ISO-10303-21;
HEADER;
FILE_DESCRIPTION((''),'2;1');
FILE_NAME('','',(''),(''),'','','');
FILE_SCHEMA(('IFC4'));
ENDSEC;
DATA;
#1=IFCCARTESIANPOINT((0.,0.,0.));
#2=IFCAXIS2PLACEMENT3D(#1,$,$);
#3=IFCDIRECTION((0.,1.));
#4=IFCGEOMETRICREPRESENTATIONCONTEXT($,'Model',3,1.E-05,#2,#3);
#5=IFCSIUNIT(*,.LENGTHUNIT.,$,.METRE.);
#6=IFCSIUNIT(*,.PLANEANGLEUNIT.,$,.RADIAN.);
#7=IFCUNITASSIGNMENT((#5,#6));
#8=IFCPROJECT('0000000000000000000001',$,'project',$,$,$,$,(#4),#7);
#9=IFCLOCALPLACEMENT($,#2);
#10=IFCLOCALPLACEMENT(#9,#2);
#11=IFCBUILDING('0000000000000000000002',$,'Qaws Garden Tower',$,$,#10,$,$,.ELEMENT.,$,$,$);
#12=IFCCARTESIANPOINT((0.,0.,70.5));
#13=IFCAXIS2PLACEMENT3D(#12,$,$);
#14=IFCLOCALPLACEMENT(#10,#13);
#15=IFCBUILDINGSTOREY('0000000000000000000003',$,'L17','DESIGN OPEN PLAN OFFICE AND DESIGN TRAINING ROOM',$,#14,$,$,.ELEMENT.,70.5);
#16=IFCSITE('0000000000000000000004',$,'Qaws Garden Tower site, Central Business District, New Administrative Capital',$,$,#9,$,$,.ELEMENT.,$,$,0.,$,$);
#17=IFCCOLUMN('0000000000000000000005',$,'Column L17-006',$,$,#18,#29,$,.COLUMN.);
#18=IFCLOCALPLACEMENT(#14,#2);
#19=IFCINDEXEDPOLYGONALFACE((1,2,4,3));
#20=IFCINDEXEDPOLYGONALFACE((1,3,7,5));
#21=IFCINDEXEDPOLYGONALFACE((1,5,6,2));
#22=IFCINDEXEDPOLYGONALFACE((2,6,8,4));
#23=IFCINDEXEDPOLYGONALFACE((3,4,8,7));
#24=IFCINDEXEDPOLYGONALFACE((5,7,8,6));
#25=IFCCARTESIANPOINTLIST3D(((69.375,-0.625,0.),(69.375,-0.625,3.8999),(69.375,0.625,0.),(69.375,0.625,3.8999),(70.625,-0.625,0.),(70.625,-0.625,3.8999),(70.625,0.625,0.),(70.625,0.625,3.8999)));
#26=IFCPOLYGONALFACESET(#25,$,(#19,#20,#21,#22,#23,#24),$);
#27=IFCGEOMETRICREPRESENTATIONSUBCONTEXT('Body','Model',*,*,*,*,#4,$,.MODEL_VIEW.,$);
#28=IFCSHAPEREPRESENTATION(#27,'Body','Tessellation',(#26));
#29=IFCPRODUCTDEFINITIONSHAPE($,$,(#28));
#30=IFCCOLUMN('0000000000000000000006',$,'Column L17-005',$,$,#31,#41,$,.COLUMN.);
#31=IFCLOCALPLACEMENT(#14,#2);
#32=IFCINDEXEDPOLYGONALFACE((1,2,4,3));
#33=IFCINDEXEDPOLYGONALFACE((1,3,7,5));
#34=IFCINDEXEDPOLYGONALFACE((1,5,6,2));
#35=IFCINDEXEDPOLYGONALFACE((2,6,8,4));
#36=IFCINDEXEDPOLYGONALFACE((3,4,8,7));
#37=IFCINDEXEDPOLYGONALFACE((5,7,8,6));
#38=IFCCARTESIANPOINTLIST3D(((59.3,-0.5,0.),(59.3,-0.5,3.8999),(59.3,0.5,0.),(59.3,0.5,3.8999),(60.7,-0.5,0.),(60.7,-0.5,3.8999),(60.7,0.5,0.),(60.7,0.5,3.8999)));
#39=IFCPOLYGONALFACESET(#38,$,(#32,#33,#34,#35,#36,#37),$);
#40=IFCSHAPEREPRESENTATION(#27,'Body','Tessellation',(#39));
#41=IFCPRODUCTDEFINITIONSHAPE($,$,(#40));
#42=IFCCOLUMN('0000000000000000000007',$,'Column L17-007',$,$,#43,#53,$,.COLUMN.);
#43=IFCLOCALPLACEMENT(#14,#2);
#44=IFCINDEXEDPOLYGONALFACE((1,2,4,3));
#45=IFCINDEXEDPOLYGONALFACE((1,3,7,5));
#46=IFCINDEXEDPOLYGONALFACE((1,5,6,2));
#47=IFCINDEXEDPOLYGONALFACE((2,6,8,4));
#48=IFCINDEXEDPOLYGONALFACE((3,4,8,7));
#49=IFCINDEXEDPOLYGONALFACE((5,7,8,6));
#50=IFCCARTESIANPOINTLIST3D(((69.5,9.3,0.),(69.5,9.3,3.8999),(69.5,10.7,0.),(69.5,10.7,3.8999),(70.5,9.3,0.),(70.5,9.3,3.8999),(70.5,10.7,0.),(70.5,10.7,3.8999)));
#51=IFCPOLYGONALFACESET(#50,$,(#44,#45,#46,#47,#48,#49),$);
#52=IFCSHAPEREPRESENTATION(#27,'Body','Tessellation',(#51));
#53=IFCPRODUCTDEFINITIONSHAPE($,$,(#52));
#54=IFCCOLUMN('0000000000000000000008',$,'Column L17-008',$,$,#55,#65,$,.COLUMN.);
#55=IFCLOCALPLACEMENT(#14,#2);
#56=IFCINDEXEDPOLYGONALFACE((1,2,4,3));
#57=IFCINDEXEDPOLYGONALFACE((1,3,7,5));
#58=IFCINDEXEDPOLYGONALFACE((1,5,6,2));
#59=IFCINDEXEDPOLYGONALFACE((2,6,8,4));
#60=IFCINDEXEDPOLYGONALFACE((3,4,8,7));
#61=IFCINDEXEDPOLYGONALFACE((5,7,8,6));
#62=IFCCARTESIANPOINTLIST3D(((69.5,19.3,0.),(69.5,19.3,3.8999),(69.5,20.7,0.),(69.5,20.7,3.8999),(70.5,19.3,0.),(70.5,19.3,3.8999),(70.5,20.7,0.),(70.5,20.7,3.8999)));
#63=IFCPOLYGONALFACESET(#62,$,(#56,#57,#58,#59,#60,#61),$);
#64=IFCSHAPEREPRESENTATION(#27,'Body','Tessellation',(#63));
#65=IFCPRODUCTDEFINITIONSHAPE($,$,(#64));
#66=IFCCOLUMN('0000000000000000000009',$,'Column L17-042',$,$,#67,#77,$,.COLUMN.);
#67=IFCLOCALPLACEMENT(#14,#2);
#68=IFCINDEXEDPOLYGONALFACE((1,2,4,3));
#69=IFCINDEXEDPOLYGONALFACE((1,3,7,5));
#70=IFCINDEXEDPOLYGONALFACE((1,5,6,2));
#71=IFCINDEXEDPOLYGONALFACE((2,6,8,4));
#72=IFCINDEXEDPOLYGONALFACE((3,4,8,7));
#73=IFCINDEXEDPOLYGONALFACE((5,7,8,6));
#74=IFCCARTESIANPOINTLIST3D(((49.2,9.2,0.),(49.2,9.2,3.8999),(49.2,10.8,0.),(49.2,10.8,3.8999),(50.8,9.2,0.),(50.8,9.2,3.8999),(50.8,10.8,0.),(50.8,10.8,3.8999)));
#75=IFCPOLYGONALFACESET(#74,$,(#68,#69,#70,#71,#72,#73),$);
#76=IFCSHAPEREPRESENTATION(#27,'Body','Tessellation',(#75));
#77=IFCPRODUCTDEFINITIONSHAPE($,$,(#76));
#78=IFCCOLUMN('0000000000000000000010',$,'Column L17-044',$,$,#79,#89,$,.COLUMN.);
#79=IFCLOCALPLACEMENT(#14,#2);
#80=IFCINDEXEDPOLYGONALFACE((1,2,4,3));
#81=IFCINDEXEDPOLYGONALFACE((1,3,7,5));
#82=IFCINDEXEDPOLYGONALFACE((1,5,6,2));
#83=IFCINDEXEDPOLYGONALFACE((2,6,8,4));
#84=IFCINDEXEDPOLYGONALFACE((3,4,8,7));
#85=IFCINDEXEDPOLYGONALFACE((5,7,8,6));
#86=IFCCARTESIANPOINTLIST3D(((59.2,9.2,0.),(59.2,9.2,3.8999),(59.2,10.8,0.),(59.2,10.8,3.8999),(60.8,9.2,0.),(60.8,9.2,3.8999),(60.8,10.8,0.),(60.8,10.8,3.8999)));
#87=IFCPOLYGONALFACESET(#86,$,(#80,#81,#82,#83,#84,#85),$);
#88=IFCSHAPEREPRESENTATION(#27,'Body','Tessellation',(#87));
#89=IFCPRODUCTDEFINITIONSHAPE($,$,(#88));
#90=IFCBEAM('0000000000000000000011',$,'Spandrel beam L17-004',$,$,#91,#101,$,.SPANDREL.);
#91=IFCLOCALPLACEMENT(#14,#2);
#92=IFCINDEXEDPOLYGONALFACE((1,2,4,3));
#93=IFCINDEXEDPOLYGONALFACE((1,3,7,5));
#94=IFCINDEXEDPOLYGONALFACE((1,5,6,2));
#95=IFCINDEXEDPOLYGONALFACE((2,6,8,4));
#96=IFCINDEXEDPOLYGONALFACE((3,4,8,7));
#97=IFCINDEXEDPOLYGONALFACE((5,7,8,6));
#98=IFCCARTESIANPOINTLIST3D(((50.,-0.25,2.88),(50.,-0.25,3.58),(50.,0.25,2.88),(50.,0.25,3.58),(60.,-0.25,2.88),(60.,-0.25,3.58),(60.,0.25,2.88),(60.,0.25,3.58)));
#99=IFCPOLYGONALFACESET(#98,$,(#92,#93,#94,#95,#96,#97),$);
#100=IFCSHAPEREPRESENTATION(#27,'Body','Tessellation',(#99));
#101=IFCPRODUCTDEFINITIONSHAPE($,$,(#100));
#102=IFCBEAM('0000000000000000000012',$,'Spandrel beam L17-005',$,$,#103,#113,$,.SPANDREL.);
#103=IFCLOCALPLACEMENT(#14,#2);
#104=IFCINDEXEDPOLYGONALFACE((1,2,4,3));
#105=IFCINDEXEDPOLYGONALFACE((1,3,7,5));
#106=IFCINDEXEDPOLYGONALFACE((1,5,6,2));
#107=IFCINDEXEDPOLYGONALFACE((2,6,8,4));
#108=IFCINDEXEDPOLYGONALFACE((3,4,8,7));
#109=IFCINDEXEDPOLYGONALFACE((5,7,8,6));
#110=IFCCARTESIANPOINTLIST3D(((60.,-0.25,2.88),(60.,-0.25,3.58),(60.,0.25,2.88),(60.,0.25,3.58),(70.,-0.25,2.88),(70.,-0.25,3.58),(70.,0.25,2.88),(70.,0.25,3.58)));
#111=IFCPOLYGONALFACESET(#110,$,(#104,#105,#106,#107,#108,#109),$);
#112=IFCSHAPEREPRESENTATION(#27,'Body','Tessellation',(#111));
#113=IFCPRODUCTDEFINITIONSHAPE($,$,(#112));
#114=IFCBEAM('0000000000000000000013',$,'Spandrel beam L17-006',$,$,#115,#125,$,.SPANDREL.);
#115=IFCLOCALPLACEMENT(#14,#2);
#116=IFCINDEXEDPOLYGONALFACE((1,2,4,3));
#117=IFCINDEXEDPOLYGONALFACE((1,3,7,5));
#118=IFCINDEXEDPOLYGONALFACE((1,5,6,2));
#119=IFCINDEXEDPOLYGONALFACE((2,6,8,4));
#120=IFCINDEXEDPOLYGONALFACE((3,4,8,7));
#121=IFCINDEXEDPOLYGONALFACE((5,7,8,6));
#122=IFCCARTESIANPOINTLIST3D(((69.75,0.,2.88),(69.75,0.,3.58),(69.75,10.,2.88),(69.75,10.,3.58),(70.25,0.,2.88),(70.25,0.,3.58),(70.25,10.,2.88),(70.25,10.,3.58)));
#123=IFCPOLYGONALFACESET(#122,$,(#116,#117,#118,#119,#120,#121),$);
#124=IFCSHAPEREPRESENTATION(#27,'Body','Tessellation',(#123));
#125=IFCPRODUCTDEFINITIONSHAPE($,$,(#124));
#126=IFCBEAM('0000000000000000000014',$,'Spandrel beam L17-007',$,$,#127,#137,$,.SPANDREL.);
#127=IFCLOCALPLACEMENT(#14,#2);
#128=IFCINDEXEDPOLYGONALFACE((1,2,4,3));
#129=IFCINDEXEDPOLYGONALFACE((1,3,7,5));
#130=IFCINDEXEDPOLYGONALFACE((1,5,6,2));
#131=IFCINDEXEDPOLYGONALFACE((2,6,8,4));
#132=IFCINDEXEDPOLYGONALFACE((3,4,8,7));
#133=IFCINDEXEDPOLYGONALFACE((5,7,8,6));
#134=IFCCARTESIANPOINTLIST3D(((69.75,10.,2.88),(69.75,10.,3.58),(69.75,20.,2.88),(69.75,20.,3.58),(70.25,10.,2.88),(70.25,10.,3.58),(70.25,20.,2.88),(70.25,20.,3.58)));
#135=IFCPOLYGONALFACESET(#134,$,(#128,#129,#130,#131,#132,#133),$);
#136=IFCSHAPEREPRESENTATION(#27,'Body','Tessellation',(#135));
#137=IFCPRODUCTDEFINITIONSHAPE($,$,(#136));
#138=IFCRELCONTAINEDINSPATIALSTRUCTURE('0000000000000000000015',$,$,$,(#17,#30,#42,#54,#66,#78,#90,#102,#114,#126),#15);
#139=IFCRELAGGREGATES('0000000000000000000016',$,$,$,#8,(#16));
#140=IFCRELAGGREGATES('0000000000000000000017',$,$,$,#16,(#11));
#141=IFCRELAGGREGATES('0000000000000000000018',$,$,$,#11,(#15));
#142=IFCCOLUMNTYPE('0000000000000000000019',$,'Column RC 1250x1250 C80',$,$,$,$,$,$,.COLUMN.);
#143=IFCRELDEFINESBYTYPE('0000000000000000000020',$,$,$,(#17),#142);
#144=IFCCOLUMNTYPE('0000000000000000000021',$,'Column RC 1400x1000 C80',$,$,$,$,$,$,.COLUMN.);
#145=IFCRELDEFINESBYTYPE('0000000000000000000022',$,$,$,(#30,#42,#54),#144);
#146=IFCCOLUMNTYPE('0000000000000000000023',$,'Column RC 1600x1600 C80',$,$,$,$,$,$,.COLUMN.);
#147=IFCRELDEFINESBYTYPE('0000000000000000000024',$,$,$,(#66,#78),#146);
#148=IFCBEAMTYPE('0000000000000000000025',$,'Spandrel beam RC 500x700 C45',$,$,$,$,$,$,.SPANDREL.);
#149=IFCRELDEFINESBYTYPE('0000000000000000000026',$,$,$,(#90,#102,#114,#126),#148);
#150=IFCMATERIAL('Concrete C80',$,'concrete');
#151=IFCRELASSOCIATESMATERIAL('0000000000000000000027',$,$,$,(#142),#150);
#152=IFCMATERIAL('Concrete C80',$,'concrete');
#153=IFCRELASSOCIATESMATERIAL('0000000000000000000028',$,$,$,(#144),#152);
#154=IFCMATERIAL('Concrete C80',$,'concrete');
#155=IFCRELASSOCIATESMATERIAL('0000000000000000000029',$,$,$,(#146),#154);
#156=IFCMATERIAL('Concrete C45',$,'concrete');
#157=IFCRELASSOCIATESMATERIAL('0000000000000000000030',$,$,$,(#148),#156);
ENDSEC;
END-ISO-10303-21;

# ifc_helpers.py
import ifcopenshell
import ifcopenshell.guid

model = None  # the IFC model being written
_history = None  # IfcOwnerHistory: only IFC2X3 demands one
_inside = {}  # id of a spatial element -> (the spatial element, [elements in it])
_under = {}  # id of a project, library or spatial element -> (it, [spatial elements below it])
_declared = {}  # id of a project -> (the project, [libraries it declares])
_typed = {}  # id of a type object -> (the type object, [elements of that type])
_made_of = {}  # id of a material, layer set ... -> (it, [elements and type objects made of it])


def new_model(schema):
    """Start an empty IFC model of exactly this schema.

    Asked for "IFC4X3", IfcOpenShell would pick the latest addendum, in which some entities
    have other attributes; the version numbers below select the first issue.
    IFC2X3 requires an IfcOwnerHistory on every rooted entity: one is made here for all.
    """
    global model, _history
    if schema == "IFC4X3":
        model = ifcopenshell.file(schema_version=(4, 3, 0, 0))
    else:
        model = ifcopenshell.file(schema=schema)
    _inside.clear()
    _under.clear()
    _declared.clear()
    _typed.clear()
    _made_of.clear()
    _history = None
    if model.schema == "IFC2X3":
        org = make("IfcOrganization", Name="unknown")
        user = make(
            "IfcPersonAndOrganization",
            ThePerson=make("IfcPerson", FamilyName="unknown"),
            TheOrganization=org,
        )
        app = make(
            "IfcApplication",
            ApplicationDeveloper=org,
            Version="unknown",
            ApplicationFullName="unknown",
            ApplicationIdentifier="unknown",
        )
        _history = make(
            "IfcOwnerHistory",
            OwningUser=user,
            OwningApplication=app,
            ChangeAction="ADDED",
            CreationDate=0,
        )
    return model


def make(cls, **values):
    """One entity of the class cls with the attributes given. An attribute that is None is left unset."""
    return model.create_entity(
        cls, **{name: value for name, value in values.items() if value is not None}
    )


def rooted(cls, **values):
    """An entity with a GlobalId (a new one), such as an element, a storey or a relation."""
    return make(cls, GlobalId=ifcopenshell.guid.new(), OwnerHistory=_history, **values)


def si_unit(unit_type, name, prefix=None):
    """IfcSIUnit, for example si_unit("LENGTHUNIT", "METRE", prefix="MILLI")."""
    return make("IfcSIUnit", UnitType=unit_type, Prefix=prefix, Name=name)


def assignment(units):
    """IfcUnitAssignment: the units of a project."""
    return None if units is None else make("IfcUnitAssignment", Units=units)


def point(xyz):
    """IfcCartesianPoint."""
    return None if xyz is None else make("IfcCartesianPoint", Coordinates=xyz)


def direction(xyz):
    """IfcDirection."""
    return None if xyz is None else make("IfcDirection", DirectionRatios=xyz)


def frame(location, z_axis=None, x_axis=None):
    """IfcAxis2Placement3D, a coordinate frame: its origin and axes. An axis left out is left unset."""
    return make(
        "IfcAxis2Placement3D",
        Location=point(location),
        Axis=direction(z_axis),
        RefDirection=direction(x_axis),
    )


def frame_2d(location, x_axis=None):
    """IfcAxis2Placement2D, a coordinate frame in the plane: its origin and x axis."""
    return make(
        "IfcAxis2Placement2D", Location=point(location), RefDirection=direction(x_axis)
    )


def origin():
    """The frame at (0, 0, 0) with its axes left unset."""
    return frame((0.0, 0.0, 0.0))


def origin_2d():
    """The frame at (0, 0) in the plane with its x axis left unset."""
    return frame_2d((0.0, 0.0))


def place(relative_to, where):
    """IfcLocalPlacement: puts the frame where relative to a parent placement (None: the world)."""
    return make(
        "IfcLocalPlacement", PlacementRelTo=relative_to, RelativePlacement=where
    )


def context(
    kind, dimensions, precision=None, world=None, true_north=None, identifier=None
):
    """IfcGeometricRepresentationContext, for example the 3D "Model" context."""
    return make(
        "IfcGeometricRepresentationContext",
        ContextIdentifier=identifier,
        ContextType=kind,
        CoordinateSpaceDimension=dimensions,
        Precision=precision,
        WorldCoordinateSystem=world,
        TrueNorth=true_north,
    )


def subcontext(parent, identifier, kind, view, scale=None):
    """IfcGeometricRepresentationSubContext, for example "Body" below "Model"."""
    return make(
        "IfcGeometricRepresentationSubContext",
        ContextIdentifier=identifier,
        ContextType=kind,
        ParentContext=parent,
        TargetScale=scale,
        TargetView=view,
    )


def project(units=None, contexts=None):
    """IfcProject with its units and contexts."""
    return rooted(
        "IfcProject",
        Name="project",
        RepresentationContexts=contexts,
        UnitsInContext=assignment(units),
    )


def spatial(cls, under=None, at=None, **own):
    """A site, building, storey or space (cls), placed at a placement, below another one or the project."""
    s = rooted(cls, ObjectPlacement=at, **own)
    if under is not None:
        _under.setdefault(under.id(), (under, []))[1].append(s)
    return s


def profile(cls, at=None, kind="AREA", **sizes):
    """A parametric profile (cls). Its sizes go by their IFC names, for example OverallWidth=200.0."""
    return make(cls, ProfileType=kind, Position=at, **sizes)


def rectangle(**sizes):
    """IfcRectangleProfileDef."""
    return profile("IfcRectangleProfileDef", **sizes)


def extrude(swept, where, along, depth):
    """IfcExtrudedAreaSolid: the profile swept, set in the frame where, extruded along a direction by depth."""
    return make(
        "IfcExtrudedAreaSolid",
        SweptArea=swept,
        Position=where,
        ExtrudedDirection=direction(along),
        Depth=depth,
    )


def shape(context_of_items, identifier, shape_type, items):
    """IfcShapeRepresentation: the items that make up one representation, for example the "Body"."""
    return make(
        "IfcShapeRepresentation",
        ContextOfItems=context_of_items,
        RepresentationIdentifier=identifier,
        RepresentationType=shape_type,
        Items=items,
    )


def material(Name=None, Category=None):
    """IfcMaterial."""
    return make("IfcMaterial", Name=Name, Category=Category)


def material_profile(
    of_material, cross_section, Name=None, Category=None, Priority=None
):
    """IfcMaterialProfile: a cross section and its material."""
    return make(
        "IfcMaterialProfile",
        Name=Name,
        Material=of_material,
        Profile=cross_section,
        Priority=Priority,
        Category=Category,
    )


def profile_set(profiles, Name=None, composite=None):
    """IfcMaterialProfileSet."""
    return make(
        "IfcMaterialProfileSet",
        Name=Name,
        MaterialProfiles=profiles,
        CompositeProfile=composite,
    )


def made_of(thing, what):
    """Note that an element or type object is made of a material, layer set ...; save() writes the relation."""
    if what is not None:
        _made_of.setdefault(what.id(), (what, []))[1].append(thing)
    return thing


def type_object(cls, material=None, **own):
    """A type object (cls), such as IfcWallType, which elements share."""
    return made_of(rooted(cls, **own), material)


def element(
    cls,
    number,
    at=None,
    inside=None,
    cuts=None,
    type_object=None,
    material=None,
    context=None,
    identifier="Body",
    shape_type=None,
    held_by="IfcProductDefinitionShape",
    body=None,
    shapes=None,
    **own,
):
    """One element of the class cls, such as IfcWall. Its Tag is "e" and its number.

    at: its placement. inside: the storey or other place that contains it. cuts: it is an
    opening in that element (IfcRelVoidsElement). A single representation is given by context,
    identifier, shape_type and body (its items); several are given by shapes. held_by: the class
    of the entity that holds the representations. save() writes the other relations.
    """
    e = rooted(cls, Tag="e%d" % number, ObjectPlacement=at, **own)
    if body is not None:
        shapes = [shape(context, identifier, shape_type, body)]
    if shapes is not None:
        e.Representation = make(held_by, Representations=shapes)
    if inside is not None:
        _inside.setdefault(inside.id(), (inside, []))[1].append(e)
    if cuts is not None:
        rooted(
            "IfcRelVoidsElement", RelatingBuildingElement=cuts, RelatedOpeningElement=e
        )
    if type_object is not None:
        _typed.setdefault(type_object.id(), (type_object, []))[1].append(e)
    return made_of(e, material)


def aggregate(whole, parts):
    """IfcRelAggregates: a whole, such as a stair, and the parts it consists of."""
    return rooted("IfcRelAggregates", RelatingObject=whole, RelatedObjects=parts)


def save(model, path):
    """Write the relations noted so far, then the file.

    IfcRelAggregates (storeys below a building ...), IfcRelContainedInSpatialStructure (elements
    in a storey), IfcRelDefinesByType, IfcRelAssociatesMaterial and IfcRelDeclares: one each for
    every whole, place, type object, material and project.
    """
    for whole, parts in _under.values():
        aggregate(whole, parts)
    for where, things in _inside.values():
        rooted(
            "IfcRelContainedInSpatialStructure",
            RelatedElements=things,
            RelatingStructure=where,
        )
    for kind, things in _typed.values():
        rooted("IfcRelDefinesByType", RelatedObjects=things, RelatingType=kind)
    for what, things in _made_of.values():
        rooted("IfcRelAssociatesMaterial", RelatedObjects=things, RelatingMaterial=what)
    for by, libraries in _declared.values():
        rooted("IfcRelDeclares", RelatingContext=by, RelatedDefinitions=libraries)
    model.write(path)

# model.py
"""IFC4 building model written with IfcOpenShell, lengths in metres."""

from ifc_helpers import new_model, si_unit, direction, frame, origin, origin_2d, place, context, subcontext, project, spatial, rectangle, extrude, material, material_profile, profile_set, type_object, element, save


model = new_model("IFC4")

# Units and contexts
model_context = context("Model", 3, precision=1e-05, world=origin(), true_north=direction((0.0, 1.0)))
body_context = subcontext(model_context, "Body", "Model", "MODEL_VIEW")
ifc_project = project(units=[si_unit("LENGTHUNIT", "METRE"), si_unit("PLANEANGLEUNIT", "RADIAN")], contexts=[model_context])

# Site, building, storey
site_placement = place(None, origin())
site = spatial("IfcSite", under=ifc_project, at=site_placement, Name="Qaws Garden Tower site, Central Business District, New Administrative Capital", CompositionType="ELEMENT", RefElevation=0.0)
building_placement = place(site_placement, origin())
building = spatial("IfcBuilding", under=site, at=building_placement, Name="Qaws Garden Tower", CompositionType="ELEMENT")
storey_placement = place(building_placement, frame((0.0, 0.0, 70.5)))
storey = spatial("IfcBuildingStorey", under=building, at=storey_placement, Name="L17", Description="DESIGN OPEN PLAN OFFICE AND DESIGN TRAINING ROOM", CompositionType="ELEMENT", Elevation=70.5)

# Columns
ifc_material_1 = material(Name="Concrete C80", Category="concrete")
ifc_material_profile_1 = material_profile(ifc_material_1, rectangle(XDim=1.25, YDim=1.25, at=origin_2d()), Name="RC 1250x1250")
ifc_profile_set_1 = profile_set([ifc_material_profile_1], Name="Concrete C80")
column_type_1 = type_object("IfcColumnType", Name="Column RC 1250x1250 C80", PredefinedType="COLUMN", material=ifc_profile_set_1)
column_placement = place(storey_placement, frame((70.0, 0.0, 0.0), z_axis=(0.0, 0.0, 1.0), x_axis=(1.0, 0.0, 0.0)))
element("IfcColumn", 1, at=column_placement, inside=storey, type_object=column_type_1, Name="Column L17-006", PredefinedType="COLUMN", context=body_context, shape_type="SweptSolid", body=[
    extrude(rectangle(XDim=1.25, YDim=1.25, at=origin_2d()), origin(), (0.0, 0.0, 1.0), 3.8999),
])
ifc_material_2 = material(Name="Concrete C80", Category="concrete")
ifc_material_profile_2 = material_profile(ifc_material_2, rectangle(XDim=1.3999, YDim=1.0, at=origin_2d()), Name="RC 1400x1000")
ifc_profile_set_2 = profile_set([ifc_material_profile_2], Name="Concrete C80")
column_type_2 = type_object("IfcColumnType", Name="Column RC 1400x1000 C80", PredefinedType="COLUMN", material=ifc_profile_set_2)
for number, where, z_axis, x_axis, name in (
    (2, (60.0, 0.0, 0.0), (0.0, 0.0, 1.0), (1.0, 0.0, 0.0), "Column L17-005"),
    (3, (70.0, 10.0, 0.0), (0.0, 0.0, 1.0), (0.0, 1.0, 0.0), "Column L17-007"),
    (4, (70.0, 20.0, 0.0), (0.0, 0.0, 1.0), (0.0, 1.0, 0.0), "Column L17-008"),
):
    element("IfcColumn", number, at=place(storey_placement, frame(where, z_axis=z_axis, x_axis=x_axis)), inside=storey, type_object=column_type_2, Name=name, PredefinedType="COLUMN", context=body_context, shape_type="SweptSolid", body=[
        extrude(rectangle(XDim=1.3999, YDim=1.0, at=origin_2d()), origin(), (0.0, 0.0, 1.0), 3.8999),
    ])
ifc_material_3 = material(Name="Concrete C80", Category="concrete")
ifc_material_profile_3 = material_profile(ifc_material_3, rectangle(XDim=1.6001, YDim=1.6001, at=origin_2d()), Name="RC 1600x1600")
ifc_profile_set_3 = profile_set([ifc_material_profile_3], Name="Concrete C80")
column_type_3 = type_object("IfcColumnType", Name="Column RC 1600x1600 C80", PredefinedType="COLUMN", material=ifc_profile_set_3)
for number, where, z_axis, x_axis, name in (
    (5, (50.0, 10.0, 0.0), (0.0, 0.0, 1.0), (1.0, 0.0, 0.0), "Column L17-042"),
    (6, (60.0, 10.0, 0.0), (0.0, 0.0, 1.0), (1.0, 0.0, 0.0), "Column L17-044"),
):
    element("IfcColumn", number, at=place(storey_placement, frame(where, z_axis=z_axis, x_axis=x_axis)), inside=storey, type_object=column_type_3, Name=name, PredefinedType="COLUMN", context=body_context, shape_type="SweptSolid", body=[
        extrude(rectangle(XDim=1.6001, YDim=1.6001, at=origin_2d()), origin(), (0.0, 0.0, 1.0), 3.8999),
    ])

# Beams
ifc_material_4 = material(Name="Concrete C45", Category="concrete")
ifc_material_profile_4 = material_profile(ifc_material_4, rectangle(XDim=0.5, YDim=0.7, at=origin_2d()), Name="RC 500x700")
ifc_profile_set_4 = profile_set([ifc_material_profile_4], Name="Concrete C45")
beam_type = type_object("IfcBeamType", Name="Spandrel beam RC 500x700 C45", PredefinedType="SPANDREL", material=ifc_profile_set_4)
for number, where, z_axis, x_axis, name in (
    (7, (50.0, 0.0, 3.23), (1.0, 0.0, 0.0), (0.0, 1.0, 0.0), "Spandrel beam L17-004"),
    (8, (60.0, 0.0, 3.23), (1.0, 0.0, 0.0), (0.0, 1.0, 0.0), "Spandrel beam L17-005"),
    (9, (70.0, 0.0, 3.23), (0.0, 1.0, 0.0), (-1.0, 0.0, 0.0), "Spandrel beam L17-006"),
    (10, (70.0, 10.0, 3.23), (0.0, 1.0, 0.0), (-1.0, 0.0, 0.0), "Spandrel beam L17-007"),
):
    element("IfcBeam", number, at=place(storey_placement, frame(where, z_axis=z_axis, x_axis=x_axis)), inside=storey, type_object=beam_type, Name=name, PredefinedType="SPANDREL", context=body_context, shape_type="SweptSolid", body=[
        extrude(rectangle(XDim=0.5, YDim=0.7, at=origin_2d()), origin(), (0.0, 0.0, 1.0), 10.0),
    ])

save(model, "model.ifc")
